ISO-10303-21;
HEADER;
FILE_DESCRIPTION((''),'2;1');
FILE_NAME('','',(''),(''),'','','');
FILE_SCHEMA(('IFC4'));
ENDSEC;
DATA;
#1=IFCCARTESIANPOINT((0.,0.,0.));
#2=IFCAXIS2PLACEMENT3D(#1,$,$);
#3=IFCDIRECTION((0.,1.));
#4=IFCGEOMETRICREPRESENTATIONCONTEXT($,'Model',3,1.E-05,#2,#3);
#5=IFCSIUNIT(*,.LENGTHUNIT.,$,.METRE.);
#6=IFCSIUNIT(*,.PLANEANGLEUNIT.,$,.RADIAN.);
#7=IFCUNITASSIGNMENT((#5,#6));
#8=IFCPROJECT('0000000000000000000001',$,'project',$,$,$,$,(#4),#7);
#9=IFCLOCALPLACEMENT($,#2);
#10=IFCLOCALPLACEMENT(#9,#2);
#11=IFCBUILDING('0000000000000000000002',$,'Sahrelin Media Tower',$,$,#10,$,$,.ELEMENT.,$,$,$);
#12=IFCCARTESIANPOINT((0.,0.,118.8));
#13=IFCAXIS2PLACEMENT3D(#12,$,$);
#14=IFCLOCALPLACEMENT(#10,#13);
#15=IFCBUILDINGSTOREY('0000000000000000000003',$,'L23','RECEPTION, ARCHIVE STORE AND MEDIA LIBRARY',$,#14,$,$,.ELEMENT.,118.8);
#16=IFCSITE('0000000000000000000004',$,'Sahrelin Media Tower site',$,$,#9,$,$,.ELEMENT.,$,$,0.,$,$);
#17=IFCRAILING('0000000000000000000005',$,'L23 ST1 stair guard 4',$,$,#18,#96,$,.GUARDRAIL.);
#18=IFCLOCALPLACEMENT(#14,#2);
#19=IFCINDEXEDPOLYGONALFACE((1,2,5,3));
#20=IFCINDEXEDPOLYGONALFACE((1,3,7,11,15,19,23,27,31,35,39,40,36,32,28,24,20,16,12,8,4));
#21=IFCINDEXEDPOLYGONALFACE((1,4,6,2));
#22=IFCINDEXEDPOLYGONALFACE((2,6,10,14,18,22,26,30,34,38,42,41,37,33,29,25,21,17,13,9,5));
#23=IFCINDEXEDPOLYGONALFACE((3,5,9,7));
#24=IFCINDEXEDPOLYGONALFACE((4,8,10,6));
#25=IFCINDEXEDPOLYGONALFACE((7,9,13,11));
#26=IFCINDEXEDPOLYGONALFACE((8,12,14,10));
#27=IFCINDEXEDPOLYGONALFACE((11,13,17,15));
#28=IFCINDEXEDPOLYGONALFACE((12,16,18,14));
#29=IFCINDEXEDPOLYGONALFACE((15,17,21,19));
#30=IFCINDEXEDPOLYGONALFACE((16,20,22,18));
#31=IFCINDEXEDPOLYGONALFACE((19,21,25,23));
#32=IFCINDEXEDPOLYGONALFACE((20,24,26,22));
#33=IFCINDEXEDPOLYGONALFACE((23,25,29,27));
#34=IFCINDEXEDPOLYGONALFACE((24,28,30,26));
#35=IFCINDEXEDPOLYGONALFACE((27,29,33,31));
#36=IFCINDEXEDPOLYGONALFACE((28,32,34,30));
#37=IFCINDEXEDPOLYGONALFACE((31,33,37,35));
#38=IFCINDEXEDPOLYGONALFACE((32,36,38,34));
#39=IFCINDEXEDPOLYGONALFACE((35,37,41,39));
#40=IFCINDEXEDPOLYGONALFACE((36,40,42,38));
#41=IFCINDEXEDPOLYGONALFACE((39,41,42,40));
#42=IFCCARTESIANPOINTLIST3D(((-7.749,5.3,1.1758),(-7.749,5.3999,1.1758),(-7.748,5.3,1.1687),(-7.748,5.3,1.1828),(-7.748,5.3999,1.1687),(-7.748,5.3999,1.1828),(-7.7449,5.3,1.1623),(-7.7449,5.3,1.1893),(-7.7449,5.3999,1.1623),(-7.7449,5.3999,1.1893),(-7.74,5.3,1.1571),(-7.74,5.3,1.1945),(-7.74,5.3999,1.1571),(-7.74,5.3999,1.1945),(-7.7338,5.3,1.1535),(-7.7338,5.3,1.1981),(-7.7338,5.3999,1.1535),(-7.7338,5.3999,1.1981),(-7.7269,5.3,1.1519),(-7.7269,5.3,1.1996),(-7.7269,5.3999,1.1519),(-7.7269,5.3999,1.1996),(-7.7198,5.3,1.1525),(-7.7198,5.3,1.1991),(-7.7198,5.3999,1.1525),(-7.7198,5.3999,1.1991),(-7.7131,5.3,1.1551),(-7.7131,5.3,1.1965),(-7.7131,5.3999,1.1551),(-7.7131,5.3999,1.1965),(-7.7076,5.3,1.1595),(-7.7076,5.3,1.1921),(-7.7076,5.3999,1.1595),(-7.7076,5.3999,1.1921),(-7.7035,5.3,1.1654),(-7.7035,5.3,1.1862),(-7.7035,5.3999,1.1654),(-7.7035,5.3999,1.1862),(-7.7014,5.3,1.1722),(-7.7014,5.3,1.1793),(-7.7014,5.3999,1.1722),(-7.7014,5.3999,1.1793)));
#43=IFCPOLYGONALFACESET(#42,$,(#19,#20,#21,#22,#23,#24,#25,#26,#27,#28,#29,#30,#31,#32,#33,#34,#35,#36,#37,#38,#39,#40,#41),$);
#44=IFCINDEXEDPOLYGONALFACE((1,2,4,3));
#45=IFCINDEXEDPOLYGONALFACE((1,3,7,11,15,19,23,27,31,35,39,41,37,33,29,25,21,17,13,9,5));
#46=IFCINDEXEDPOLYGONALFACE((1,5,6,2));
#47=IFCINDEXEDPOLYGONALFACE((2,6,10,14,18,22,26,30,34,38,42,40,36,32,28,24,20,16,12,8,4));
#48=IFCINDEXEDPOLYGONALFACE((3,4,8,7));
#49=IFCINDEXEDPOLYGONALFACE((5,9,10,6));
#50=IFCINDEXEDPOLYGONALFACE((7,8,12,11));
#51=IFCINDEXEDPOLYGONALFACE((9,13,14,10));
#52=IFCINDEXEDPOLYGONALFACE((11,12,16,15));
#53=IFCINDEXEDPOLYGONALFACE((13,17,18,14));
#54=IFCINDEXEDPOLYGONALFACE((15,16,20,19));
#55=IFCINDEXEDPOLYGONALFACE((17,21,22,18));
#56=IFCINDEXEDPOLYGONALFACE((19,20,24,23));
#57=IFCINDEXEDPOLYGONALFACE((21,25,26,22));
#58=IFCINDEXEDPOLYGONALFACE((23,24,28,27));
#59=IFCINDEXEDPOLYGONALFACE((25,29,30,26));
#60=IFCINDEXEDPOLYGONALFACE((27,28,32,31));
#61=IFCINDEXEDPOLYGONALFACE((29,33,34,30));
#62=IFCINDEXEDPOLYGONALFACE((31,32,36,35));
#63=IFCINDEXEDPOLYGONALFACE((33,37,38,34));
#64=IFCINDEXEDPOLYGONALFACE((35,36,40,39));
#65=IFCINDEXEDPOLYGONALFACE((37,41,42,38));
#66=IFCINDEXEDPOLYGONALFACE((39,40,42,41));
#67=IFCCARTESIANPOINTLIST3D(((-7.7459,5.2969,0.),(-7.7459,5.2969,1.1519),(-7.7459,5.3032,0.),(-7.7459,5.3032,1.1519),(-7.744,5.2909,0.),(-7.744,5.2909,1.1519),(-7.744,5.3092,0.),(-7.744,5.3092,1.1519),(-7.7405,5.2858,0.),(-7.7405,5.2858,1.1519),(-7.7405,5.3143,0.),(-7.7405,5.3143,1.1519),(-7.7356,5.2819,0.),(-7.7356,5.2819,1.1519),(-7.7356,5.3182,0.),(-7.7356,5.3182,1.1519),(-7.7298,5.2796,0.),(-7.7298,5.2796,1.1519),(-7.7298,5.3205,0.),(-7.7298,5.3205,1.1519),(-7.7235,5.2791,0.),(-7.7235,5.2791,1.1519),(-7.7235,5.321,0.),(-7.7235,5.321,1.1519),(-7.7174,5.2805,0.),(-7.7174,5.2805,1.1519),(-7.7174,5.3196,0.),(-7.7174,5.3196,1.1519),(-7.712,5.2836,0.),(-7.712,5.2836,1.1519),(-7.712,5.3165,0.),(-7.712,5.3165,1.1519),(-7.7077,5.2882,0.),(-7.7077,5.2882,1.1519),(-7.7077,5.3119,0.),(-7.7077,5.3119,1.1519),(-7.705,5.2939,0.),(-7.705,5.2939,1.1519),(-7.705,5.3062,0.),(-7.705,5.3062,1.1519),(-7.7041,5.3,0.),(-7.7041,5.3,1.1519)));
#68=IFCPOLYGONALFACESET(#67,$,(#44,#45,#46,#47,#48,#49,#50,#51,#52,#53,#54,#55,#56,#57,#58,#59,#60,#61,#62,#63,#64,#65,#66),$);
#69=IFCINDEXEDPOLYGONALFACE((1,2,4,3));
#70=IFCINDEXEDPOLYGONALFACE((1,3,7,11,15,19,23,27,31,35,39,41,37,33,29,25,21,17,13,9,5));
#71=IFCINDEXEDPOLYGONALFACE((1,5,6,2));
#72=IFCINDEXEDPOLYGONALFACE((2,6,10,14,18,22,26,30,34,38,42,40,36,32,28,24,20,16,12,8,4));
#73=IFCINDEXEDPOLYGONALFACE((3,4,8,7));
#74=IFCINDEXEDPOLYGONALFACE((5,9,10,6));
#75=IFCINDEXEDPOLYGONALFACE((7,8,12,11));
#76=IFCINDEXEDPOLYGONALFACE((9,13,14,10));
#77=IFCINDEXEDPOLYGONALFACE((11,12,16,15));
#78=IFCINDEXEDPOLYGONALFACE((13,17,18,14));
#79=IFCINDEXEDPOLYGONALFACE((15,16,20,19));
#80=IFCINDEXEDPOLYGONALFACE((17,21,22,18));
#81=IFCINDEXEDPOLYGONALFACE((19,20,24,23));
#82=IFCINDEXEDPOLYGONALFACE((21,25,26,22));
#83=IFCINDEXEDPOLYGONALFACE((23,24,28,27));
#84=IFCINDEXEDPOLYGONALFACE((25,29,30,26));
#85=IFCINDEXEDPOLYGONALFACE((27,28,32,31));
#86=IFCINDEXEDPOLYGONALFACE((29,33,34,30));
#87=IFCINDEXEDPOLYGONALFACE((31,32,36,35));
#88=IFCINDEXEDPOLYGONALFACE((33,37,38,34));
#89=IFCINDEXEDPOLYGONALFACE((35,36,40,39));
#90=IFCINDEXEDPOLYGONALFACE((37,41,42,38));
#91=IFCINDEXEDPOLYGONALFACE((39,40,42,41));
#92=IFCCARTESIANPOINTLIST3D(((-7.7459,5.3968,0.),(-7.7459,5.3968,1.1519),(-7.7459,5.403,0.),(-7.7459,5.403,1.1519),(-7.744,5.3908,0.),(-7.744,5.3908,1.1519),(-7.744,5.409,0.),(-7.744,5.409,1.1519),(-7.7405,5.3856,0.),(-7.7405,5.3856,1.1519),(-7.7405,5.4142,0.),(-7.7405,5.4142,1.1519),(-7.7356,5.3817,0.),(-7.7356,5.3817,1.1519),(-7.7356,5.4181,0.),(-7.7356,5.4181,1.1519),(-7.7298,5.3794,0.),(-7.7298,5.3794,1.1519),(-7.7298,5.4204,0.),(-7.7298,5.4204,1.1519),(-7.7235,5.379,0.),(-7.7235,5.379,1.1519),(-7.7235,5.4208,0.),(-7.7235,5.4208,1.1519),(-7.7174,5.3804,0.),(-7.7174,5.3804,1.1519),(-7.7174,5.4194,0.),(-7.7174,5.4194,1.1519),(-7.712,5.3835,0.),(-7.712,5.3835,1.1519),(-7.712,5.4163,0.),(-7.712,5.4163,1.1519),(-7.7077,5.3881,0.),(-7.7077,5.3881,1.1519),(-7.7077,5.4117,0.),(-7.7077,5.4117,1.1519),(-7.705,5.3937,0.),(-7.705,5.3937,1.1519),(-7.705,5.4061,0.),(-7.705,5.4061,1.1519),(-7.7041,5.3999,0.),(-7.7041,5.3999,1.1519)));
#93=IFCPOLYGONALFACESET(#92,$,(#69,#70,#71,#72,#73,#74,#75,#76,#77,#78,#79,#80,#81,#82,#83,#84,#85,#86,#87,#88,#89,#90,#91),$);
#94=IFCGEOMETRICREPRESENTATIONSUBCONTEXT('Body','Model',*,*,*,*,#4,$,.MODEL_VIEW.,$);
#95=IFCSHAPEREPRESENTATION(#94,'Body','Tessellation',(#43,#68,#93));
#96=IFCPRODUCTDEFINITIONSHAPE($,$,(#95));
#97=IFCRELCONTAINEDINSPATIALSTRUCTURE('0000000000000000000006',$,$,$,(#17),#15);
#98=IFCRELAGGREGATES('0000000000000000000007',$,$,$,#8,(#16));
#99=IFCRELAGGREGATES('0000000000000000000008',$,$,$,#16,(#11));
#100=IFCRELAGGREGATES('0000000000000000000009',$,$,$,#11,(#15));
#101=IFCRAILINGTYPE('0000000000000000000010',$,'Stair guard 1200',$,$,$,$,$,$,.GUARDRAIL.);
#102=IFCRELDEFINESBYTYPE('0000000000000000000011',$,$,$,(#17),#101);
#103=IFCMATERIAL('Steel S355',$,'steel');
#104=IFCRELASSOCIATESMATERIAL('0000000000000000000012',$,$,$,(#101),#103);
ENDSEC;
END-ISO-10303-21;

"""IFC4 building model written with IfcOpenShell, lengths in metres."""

from ifc_helpers import new_model, si_unit, direction, frame, origin, origin_2d, place, context, subcontext, project, spatial, circle, extrude, material, type_object, element, save


model = new_model("IFC4")

# Units and contexts
model_context = context("Model", 3, precision=1e-05, world=origin(), true_north=direction((0.0, 1.0)))
body_context = subcontext(model_context, "Body", "Model", "MODEL_VIEW")
ifc_project = project(units=[si_unit("LENGTHUNIT", "METRE"), si_unit("PLANEANGLEUNIT", "RADIAN")], contexts=[model_context])

# Site, building, storey
site_placement = place(None, origin())
site = spatial("IfcSite", under=ifc_project, at=site_placement, Name="Sahrelin Media Tower site", CompositionType="ELEMENT", RefElevation=0.0)
building_placement = place(site_placement, origin())
building = spatial("IfcBuilding", under=site, at=building_placement, Name="Sahrelin Media Tower", CompositionType="ELEMENT")
storey_placement = place(building_placement, frame((0.0, 0.0, 118.8)))
storey = spatial("IfcBuildingStorey", under=building, at=storey_placement, Name="L23", Description="RECEPTION, ARCHIVE STORE AND MEDIA LIBRARY", CompositionType="ELEMENT", Elevation=118.8)

# Shared definitions
ifc_material_1 = material(Name="Steel S355", Category="steel")

# Railing
railing_type_1 = type_object("IfcRailingType", Name="Stair guard 1200", PredefinedType="GUARDRAIL", material=ifc_material_1)
railing_1_placement = place(storey_placement, frame((-7.7251, 5.3, 0.0)))
element("IfcRailing", 1, at=railing_1_placement, inside=storey, type_object=railing_type_1, Name="L23 ST1 stair guard 4", PredefinedType="GUARDRAIL", context=body_context, shape_type="SweptSolid", body=[
    extrude(circle(Radius=0.0239, at=origin_2d()), frame((0.0, 0.0, 1.1758), z_axis=(0.0, 1.0, 0.0), x_axis=(-1.0, 0.0, 0.0)), (0.0, 0.0, 1.0), 0.0999),
    extrude(circle(Radius=0.021, at=origin_2d()), origin(), (0.0, 0.0, 1.0), 1.1519),
    extrude(circle(Radius=0.021, at=origin_2d()), frame((0.0, 0.0999, 0.0)), (0.0, 0.0, 1.0), 1.1519),
])

save(model, "model.ifc")
